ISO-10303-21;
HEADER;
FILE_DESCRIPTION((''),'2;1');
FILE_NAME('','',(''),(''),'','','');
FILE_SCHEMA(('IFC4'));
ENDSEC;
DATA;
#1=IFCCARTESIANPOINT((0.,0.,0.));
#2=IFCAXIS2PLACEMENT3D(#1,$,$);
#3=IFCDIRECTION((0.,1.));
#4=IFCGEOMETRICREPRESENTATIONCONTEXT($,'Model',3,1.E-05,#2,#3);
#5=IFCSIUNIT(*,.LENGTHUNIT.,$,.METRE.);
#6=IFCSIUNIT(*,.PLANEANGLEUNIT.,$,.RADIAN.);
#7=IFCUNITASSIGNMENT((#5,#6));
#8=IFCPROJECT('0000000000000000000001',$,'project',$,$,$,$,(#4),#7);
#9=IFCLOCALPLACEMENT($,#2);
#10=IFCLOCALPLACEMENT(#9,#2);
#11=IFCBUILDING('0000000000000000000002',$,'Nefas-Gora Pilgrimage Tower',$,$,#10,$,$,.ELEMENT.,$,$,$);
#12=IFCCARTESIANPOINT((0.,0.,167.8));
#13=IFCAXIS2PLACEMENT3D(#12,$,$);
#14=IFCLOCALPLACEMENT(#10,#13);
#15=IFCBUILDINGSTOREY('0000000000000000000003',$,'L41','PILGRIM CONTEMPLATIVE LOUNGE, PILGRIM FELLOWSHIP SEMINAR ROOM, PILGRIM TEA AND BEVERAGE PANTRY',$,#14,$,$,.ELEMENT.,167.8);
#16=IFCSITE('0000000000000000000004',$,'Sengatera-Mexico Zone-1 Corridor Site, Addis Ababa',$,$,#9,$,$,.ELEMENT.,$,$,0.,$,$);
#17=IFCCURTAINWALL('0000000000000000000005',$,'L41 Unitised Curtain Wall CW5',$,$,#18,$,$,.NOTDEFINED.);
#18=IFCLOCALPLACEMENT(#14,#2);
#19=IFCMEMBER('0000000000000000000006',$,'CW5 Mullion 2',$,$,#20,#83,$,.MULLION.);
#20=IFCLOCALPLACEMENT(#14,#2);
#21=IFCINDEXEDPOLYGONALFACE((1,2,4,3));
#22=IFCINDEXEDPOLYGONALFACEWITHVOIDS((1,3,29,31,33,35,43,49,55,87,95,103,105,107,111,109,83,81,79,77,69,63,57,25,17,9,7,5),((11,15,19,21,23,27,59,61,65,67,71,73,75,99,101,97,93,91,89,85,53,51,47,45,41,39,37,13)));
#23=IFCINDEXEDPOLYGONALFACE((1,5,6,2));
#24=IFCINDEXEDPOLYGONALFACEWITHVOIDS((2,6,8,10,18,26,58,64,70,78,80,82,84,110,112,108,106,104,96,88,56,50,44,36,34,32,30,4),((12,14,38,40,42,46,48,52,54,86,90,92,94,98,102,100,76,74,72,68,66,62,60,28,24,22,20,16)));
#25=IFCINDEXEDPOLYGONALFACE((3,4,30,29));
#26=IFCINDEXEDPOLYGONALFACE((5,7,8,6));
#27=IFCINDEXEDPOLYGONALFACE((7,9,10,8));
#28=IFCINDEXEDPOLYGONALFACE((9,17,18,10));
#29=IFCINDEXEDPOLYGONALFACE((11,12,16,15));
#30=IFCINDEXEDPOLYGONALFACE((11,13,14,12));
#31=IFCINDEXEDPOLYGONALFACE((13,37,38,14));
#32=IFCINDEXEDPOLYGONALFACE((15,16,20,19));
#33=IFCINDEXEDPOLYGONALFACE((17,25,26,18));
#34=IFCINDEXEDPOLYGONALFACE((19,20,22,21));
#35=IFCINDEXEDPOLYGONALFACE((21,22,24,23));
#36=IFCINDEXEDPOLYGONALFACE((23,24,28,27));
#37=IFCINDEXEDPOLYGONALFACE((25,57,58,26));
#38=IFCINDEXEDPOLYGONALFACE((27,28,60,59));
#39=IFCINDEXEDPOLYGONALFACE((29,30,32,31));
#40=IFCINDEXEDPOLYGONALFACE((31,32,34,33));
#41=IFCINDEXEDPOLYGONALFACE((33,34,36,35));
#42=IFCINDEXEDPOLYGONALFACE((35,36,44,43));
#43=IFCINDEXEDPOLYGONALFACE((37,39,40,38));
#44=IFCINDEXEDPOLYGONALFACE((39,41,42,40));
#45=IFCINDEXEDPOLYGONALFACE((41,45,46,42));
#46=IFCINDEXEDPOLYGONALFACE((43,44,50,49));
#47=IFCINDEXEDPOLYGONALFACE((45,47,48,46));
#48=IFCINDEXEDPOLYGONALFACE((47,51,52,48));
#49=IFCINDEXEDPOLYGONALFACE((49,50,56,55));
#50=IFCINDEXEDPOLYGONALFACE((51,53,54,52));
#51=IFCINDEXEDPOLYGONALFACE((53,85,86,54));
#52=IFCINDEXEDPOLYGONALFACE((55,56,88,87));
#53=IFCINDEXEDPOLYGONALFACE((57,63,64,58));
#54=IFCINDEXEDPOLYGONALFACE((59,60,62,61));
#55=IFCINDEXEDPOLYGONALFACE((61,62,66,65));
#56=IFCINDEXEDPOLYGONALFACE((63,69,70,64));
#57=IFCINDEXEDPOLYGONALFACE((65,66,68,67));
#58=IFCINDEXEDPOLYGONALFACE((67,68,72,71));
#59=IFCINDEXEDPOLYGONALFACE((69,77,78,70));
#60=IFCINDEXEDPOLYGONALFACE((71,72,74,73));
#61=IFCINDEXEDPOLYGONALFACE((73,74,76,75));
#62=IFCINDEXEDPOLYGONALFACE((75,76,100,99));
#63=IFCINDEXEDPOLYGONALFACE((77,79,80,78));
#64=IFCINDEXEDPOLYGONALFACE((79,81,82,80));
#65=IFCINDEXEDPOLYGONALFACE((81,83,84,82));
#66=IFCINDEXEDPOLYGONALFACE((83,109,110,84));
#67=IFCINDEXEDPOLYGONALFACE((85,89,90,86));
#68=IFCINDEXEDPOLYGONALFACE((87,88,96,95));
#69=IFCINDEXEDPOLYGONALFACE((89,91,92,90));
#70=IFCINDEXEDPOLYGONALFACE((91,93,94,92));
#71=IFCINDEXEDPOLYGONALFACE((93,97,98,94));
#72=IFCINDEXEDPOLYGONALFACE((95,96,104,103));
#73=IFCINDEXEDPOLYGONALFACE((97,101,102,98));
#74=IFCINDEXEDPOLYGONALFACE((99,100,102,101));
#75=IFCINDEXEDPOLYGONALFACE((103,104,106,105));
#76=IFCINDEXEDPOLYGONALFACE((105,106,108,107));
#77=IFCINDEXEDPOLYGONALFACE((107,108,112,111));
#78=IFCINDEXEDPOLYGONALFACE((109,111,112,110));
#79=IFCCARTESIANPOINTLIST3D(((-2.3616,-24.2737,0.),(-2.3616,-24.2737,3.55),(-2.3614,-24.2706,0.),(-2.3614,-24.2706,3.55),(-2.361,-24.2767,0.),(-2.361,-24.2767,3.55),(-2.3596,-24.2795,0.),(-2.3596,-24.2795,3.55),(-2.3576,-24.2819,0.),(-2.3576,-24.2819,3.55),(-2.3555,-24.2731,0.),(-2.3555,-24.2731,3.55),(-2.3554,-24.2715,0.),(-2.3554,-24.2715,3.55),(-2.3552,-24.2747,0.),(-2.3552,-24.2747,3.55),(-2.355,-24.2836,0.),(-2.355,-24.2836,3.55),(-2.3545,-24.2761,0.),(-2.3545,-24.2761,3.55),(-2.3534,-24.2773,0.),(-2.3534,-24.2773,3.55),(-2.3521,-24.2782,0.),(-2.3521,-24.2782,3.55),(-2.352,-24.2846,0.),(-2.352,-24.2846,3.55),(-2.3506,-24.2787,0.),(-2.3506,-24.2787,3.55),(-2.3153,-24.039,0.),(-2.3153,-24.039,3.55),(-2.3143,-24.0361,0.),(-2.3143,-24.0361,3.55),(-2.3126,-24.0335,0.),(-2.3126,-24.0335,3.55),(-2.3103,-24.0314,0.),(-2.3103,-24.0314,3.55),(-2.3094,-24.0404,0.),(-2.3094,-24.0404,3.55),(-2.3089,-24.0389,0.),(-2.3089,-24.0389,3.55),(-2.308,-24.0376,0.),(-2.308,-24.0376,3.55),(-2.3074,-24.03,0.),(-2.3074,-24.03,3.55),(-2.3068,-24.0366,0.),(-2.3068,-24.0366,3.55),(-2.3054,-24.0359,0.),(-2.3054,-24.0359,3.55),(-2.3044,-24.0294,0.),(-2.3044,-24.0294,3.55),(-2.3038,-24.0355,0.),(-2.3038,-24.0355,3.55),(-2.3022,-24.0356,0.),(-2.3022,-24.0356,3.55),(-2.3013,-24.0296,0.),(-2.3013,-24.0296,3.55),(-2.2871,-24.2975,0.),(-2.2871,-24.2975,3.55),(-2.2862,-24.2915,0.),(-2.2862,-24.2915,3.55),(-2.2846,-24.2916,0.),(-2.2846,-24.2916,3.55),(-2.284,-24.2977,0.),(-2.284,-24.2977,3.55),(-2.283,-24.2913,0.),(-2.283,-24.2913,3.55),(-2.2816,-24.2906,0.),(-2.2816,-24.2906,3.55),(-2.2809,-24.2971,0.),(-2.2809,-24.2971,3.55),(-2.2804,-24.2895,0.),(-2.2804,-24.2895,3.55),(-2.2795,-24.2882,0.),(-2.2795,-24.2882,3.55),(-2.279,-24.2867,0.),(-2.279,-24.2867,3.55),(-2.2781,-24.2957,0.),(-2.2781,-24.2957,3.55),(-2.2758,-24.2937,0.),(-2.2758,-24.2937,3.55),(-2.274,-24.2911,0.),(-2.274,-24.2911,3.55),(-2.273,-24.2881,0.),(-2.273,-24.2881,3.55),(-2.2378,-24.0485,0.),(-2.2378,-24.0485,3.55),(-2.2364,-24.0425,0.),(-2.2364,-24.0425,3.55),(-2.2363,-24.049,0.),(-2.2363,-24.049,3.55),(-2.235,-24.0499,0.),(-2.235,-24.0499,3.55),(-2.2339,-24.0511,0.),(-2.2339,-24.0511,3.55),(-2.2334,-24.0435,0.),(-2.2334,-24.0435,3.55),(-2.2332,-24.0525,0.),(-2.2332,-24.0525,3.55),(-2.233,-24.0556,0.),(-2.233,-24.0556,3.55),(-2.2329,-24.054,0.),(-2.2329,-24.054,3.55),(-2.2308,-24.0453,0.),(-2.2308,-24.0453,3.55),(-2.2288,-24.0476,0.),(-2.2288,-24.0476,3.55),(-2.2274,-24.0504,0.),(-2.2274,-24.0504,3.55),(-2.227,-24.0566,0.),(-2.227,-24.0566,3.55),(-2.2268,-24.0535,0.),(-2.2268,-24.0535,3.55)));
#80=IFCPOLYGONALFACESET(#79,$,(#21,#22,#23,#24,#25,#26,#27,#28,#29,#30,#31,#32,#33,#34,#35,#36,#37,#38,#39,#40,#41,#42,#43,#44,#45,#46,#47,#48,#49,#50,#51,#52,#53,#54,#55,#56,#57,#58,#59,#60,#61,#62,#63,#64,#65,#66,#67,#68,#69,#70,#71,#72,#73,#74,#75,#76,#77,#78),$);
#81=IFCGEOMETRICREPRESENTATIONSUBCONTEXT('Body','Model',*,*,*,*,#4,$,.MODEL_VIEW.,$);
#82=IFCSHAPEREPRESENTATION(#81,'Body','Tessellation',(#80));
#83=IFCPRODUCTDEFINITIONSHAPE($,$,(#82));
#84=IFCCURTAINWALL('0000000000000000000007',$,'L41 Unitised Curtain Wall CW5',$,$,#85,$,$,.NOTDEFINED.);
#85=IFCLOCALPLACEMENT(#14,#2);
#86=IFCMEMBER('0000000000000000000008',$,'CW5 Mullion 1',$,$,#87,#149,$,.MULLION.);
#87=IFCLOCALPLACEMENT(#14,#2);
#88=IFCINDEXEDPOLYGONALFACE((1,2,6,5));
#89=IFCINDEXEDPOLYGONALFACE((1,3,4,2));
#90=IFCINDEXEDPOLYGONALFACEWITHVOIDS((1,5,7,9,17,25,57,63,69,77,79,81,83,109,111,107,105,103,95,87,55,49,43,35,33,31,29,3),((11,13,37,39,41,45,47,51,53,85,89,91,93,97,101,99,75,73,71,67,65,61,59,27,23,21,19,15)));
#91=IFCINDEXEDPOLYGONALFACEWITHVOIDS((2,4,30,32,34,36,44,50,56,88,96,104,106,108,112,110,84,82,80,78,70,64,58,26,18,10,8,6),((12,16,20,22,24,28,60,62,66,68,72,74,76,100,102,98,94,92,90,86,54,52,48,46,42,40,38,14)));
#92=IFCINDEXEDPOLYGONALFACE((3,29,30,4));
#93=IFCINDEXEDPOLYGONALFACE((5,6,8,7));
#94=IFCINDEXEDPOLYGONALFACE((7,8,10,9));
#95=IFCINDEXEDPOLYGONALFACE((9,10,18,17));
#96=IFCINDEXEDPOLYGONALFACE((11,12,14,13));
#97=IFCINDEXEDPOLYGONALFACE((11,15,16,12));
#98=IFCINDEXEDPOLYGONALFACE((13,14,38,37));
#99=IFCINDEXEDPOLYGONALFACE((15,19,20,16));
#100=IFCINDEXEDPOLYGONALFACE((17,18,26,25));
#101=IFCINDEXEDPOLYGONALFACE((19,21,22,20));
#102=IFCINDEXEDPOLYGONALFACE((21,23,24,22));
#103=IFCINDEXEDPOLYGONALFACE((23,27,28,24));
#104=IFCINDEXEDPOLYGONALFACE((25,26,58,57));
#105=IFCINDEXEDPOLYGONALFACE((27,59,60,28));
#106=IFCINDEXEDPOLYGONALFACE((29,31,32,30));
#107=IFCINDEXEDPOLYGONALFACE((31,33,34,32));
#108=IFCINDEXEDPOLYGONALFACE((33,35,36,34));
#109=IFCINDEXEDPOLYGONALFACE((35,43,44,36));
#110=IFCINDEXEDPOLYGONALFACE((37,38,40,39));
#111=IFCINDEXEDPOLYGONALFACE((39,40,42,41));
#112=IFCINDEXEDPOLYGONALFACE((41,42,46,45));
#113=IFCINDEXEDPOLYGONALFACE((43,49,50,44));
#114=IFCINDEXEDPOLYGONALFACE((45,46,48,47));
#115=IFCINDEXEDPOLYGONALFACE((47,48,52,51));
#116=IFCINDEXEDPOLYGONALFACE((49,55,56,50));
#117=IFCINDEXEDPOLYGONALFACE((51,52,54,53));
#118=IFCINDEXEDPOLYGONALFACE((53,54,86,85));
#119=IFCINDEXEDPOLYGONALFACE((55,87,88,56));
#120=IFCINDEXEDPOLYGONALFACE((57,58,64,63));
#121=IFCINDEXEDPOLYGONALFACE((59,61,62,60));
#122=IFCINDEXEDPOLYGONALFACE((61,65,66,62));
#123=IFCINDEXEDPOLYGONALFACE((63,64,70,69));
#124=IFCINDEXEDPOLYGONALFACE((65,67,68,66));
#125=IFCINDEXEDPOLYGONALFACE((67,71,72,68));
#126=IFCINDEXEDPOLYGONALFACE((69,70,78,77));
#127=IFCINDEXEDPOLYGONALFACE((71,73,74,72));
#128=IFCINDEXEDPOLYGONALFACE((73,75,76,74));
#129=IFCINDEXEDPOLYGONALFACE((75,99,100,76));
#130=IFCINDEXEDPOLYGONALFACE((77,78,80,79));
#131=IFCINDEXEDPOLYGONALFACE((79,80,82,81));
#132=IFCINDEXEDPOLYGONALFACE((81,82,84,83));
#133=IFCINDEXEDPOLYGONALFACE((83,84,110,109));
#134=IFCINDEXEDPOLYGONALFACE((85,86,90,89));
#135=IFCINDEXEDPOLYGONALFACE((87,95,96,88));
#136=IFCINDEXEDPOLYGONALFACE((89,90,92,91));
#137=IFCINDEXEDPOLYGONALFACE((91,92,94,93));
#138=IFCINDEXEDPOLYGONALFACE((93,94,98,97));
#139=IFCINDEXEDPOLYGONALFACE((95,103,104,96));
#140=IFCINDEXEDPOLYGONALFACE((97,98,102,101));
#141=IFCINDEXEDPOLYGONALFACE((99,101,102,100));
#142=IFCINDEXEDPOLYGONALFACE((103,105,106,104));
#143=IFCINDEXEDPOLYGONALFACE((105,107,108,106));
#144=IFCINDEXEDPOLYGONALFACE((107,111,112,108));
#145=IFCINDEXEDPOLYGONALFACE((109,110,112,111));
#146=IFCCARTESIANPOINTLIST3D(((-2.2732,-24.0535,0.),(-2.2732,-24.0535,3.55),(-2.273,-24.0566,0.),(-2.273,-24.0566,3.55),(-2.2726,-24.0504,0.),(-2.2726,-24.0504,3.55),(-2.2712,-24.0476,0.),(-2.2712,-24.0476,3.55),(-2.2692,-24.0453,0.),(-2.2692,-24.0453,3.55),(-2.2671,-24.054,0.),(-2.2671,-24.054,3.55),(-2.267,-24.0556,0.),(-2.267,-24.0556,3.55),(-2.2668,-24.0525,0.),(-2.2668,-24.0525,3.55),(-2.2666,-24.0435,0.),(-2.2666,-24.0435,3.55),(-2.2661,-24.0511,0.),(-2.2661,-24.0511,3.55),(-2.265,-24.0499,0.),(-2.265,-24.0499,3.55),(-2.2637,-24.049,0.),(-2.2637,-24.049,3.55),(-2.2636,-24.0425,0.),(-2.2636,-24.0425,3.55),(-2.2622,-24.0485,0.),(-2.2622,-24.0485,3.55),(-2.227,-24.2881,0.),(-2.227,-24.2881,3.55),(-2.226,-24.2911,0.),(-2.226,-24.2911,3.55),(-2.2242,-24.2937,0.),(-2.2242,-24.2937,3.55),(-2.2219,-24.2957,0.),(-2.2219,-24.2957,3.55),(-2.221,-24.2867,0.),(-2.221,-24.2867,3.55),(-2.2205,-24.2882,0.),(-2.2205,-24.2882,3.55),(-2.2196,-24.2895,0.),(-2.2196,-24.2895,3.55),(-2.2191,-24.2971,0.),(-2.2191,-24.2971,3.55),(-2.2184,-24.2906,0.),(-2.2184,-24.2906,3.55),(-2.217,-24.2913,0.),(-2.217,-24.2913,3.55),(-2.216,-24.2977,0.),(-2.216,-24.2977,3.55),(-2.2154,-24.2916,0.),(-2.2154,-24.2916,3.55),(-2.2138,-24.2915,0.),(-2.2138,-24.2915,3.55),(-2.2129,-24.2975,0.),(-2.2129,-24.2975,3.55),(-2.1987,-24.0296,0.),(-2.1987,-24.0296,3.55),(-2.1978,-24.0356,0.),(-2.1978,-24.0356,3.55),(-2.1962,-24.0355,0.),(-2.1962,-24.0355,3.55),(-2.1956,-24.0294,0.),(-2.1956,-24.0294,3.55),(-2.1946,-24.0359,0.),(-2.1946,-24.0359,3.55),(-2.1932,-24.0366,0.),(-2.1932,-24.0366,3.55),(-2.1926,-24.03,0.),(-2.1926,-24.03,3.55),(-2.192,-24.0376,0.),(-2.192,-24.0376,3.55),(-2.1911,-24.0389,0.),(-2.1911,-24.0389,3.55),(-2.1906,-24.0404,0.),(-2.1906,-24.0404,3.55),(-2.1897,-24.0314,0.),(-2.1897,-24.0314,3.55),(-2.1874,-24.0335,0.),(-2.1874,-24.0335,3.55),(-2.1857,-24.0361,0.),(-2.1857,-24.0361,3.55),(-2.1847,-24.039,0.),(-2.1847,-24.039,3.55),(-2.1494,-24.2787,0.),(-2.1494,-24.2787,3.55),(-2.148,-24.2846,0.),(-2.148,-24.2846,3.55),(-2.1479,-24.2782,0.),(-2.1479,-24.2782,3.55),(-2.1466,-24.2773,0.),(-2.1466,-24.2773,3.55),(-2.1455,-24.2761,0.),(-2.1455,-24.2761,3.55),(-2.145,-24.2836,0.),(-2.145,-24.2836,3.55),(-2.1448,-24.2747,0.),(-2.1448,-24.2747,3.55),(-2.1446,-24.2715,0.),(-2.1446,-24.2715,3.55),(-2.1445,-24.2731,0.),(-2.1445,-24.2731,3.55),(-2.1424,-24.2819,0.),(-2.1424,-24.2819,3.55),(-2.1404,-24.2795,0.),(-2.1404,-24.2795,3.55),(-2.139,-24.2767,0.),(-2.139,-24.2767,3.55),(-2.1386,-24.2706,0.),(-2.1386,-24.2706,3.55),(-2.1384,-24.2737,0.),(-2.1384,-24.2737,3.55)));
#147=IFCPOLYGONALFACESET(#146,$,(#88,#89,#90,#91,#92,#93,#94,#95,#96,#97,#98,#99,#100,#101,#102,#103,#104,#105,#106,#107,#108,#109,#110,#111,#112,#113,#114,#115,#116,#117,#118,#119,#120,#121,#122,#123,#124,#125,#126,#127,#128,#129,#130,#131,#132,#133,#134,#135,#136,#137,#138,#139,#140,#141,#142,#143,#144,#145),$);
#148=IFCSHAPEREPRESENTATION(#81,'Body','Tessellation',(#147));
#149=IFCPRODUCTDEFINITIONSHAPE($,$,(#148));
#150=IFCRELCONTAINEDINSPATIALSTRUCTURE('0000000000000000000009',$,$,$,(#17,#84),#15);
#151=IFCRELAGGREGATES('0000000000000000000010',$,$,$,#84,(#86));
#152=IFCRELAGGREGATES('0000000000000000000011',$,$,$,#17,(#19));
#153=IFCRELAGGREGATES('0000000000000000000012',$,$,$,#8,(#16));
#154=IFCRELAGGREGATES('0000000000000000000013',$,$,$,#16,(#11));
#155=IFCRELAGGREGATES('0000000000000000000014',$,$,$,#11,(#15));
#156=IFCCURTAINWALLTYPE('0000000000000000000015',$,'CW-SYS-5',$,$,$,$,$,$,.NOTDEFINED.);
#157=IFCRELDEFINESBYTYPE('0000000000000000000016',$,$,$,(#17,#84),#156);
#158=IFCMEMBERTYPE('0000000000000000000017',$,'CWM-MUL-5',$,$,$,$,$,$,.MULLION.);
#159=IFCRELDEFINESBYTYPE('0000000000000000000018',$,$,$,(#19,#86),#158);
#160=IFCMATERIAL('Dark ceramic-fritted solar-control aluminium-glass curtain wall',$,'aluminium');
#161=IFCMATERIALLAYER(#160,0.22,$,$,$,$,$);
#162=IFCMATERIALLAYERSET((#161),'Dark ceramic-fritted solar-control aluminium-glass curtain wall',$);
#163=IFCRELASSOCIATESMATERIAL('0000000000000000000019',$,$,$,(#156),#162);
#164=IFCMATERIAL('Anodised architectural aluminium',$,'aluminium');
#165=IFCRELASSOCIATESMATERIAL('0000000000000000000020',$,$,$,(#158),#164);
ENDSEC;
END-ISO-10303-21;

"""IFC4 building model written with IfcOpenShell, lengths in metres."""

from ifc_helpers import new_model, si_unit, direction, frame, origin, origin_2d, place, context, subcontext, project, spatial, hollow_rectangle, extrude, source, transform, mapped, material, layer, layer_set, material_profile, profile_set, type_object, element, aggregate, save


model = new_model("IFC4")

# Units and contexts
model_context = context("Model", 3, precision=1e-05, world=origin(), true_north=direction((0.0, 1.0)))
body_context = subcontext(model_context, "Body", "Model", "MODEL_VIEW")
ifc_project = project(units=[si_unit("LENGTHUNIT", "METRE"), si_unit("PLANEANGLEUNIT", "RADIAN")], contexts=[model_context])

# Site, building, storey
site_placement = place(None, origin())
site = spatial("IfcSite", under=ifc_project, at=site_placement, Name="Sengatera-Mexico Zone-1 Corridor Site, Addis Ababa", CompositionType="ELEMENT", RefElevation=0.0)
building_placement = place(site_placement, origin())
building = spatial("IfcBuilding", under=site, at=building_placement, Name="Nefas-Gora Pilgrimage Tower", CompositionType="ELEMENT")
storey_placement = place(building_placement, frame((0.0, 0.0, 167.8)))
storey = spatial("IfcBuildingStorey", under=building, at=storey_placement, Name="L41", Description="PILGRIM CONTEMPLATIVE LOUNGE, PILGRIM FELLOWSHIP SEMINAR ROOM, PILGRIM TEA AND BEVERAGE PANTRY", CompositionType="ELEMENT", Elevation=167.8)

# Shared definitions
ifc_material_1 = material(Name="Dark ceramic-fritted solar-control aluminium-glass curtain wall", Category="aluminium")
ifc_layer_1 = layer(ifc_material_1, 0.22)
ifc_layer_set_1 = layer_set([ifc_layer_1], Name="Dark ceramic-fritted solar-control aluminium-glass curtain wall")
curtain_wall_type = type_object("IfcCurtainWallType", Name="CW-SYS-5", PredefinedType="NOTDEFINED", material=ifc_layer_set_1)
ifc_material_2 = material(Name="Anodised architectural aluminium", Category="aluminium")
ifc_material_profile_1 = material_profile(ifc_material_2, hollow_rectangle(XDim=0.0901, YDim=0.26, WallThickness=0.0061, InnerFilletRadius=0.0061, OuterFilletRadius=0.012, at=origin_2d()), Name="ALU MULLION 90x260")
ifc_profile_set_1 = profile_set([ifc_material_profile_1], Name="Anodised architectural aluminium")
member_type_1 = type_object("IfcMemberType", Name="CWM-MUL-5", PredefinedType="MULLION", material=ifc_profile_set_1)
shared_shape_1 = source(origin(), body_context, "Body", "SweptSolid", [
    extrude(hollow_rectangle(XDim=0.0901, YDim=0.26, WallThickness=0.0061, InnerFilletRadius=0.0061, OuterFilletRadius=0.012, at=origin_2d()), origin(), (0.0, 0.0, 1.0), 3.55),
])

# Curtain wall, member
curtain_wall_1_placement = place(storey_placement, origin())
curtain_wall_1 = element("IfcCurtainWall", 1, at=curtain_wall_1_placement, inside=storey, type_object=curtain_wall_type, Name="L41 Unitised Curtain Wall CW5", PredefinedType="NOTDEFINED")
member_1_placement = place(storey_placement, frame((-2.2942, -24.1636, 0.0), z_axis=(0.0, 0.0, 1.0), x_axis=(0.980783, -0.195102, 0.0)))
member_1 = element("IfcMember", 2, at=member_1_placement, type_object=member_type_1, Name="CW5 Mullion 2", PredefinedType="MULLION", context=body_context, shape_type="MappedRepresentation", body=[
    mapped(shared_shape_1, transform((0.0, 0.0, 0.0), x_axis=(1.0, 0.0, 0.0), y_axis=(0.0, 1.0, 0.0), z_axis=(0.0, 0.0, 1.0), scale=1.0)),
])

# Curtain wall, member
curtain_wall_2_placement = place(storey_placement, origin())
curtain_wall_2 = element("IfcCurtainWall", 3, at=curtain_wall_2_placement, inside=storey, type_object=curtain_wall_type, Name="L41 Unitised Curtain Wall CW5", PredefinedType="NOTDEFINED")
member_2_placement = place(storey_placement, frame((-2.2058, -24.1636, 0.0), z_axis=(0.0, 0.0, 1.0), x_axis=(0.980783, 0.195102, 0.0)))
member_2 = element("IfcMember", 4, at=member_2_placement, type_object=member_type_1, Name="CW5 Mullion 1", PredefinedType="MULLION", context=body_context, shape_type="MappedRepresentation", body=[
    mapped(shared_shape_1, transform((0.0, 0.0, 0.0), x_axis=(1.0, 0.0, 0.0), y_axis=(0.0, 1.0, 0.0), z_axis=(0.0, 0.0, 1.0), scale=1.0)),
])

aggregate(curtain_wall_2, [member_2])

aggregate(curtain_wall_1, [member_1])

save(model, "model.ifc")
